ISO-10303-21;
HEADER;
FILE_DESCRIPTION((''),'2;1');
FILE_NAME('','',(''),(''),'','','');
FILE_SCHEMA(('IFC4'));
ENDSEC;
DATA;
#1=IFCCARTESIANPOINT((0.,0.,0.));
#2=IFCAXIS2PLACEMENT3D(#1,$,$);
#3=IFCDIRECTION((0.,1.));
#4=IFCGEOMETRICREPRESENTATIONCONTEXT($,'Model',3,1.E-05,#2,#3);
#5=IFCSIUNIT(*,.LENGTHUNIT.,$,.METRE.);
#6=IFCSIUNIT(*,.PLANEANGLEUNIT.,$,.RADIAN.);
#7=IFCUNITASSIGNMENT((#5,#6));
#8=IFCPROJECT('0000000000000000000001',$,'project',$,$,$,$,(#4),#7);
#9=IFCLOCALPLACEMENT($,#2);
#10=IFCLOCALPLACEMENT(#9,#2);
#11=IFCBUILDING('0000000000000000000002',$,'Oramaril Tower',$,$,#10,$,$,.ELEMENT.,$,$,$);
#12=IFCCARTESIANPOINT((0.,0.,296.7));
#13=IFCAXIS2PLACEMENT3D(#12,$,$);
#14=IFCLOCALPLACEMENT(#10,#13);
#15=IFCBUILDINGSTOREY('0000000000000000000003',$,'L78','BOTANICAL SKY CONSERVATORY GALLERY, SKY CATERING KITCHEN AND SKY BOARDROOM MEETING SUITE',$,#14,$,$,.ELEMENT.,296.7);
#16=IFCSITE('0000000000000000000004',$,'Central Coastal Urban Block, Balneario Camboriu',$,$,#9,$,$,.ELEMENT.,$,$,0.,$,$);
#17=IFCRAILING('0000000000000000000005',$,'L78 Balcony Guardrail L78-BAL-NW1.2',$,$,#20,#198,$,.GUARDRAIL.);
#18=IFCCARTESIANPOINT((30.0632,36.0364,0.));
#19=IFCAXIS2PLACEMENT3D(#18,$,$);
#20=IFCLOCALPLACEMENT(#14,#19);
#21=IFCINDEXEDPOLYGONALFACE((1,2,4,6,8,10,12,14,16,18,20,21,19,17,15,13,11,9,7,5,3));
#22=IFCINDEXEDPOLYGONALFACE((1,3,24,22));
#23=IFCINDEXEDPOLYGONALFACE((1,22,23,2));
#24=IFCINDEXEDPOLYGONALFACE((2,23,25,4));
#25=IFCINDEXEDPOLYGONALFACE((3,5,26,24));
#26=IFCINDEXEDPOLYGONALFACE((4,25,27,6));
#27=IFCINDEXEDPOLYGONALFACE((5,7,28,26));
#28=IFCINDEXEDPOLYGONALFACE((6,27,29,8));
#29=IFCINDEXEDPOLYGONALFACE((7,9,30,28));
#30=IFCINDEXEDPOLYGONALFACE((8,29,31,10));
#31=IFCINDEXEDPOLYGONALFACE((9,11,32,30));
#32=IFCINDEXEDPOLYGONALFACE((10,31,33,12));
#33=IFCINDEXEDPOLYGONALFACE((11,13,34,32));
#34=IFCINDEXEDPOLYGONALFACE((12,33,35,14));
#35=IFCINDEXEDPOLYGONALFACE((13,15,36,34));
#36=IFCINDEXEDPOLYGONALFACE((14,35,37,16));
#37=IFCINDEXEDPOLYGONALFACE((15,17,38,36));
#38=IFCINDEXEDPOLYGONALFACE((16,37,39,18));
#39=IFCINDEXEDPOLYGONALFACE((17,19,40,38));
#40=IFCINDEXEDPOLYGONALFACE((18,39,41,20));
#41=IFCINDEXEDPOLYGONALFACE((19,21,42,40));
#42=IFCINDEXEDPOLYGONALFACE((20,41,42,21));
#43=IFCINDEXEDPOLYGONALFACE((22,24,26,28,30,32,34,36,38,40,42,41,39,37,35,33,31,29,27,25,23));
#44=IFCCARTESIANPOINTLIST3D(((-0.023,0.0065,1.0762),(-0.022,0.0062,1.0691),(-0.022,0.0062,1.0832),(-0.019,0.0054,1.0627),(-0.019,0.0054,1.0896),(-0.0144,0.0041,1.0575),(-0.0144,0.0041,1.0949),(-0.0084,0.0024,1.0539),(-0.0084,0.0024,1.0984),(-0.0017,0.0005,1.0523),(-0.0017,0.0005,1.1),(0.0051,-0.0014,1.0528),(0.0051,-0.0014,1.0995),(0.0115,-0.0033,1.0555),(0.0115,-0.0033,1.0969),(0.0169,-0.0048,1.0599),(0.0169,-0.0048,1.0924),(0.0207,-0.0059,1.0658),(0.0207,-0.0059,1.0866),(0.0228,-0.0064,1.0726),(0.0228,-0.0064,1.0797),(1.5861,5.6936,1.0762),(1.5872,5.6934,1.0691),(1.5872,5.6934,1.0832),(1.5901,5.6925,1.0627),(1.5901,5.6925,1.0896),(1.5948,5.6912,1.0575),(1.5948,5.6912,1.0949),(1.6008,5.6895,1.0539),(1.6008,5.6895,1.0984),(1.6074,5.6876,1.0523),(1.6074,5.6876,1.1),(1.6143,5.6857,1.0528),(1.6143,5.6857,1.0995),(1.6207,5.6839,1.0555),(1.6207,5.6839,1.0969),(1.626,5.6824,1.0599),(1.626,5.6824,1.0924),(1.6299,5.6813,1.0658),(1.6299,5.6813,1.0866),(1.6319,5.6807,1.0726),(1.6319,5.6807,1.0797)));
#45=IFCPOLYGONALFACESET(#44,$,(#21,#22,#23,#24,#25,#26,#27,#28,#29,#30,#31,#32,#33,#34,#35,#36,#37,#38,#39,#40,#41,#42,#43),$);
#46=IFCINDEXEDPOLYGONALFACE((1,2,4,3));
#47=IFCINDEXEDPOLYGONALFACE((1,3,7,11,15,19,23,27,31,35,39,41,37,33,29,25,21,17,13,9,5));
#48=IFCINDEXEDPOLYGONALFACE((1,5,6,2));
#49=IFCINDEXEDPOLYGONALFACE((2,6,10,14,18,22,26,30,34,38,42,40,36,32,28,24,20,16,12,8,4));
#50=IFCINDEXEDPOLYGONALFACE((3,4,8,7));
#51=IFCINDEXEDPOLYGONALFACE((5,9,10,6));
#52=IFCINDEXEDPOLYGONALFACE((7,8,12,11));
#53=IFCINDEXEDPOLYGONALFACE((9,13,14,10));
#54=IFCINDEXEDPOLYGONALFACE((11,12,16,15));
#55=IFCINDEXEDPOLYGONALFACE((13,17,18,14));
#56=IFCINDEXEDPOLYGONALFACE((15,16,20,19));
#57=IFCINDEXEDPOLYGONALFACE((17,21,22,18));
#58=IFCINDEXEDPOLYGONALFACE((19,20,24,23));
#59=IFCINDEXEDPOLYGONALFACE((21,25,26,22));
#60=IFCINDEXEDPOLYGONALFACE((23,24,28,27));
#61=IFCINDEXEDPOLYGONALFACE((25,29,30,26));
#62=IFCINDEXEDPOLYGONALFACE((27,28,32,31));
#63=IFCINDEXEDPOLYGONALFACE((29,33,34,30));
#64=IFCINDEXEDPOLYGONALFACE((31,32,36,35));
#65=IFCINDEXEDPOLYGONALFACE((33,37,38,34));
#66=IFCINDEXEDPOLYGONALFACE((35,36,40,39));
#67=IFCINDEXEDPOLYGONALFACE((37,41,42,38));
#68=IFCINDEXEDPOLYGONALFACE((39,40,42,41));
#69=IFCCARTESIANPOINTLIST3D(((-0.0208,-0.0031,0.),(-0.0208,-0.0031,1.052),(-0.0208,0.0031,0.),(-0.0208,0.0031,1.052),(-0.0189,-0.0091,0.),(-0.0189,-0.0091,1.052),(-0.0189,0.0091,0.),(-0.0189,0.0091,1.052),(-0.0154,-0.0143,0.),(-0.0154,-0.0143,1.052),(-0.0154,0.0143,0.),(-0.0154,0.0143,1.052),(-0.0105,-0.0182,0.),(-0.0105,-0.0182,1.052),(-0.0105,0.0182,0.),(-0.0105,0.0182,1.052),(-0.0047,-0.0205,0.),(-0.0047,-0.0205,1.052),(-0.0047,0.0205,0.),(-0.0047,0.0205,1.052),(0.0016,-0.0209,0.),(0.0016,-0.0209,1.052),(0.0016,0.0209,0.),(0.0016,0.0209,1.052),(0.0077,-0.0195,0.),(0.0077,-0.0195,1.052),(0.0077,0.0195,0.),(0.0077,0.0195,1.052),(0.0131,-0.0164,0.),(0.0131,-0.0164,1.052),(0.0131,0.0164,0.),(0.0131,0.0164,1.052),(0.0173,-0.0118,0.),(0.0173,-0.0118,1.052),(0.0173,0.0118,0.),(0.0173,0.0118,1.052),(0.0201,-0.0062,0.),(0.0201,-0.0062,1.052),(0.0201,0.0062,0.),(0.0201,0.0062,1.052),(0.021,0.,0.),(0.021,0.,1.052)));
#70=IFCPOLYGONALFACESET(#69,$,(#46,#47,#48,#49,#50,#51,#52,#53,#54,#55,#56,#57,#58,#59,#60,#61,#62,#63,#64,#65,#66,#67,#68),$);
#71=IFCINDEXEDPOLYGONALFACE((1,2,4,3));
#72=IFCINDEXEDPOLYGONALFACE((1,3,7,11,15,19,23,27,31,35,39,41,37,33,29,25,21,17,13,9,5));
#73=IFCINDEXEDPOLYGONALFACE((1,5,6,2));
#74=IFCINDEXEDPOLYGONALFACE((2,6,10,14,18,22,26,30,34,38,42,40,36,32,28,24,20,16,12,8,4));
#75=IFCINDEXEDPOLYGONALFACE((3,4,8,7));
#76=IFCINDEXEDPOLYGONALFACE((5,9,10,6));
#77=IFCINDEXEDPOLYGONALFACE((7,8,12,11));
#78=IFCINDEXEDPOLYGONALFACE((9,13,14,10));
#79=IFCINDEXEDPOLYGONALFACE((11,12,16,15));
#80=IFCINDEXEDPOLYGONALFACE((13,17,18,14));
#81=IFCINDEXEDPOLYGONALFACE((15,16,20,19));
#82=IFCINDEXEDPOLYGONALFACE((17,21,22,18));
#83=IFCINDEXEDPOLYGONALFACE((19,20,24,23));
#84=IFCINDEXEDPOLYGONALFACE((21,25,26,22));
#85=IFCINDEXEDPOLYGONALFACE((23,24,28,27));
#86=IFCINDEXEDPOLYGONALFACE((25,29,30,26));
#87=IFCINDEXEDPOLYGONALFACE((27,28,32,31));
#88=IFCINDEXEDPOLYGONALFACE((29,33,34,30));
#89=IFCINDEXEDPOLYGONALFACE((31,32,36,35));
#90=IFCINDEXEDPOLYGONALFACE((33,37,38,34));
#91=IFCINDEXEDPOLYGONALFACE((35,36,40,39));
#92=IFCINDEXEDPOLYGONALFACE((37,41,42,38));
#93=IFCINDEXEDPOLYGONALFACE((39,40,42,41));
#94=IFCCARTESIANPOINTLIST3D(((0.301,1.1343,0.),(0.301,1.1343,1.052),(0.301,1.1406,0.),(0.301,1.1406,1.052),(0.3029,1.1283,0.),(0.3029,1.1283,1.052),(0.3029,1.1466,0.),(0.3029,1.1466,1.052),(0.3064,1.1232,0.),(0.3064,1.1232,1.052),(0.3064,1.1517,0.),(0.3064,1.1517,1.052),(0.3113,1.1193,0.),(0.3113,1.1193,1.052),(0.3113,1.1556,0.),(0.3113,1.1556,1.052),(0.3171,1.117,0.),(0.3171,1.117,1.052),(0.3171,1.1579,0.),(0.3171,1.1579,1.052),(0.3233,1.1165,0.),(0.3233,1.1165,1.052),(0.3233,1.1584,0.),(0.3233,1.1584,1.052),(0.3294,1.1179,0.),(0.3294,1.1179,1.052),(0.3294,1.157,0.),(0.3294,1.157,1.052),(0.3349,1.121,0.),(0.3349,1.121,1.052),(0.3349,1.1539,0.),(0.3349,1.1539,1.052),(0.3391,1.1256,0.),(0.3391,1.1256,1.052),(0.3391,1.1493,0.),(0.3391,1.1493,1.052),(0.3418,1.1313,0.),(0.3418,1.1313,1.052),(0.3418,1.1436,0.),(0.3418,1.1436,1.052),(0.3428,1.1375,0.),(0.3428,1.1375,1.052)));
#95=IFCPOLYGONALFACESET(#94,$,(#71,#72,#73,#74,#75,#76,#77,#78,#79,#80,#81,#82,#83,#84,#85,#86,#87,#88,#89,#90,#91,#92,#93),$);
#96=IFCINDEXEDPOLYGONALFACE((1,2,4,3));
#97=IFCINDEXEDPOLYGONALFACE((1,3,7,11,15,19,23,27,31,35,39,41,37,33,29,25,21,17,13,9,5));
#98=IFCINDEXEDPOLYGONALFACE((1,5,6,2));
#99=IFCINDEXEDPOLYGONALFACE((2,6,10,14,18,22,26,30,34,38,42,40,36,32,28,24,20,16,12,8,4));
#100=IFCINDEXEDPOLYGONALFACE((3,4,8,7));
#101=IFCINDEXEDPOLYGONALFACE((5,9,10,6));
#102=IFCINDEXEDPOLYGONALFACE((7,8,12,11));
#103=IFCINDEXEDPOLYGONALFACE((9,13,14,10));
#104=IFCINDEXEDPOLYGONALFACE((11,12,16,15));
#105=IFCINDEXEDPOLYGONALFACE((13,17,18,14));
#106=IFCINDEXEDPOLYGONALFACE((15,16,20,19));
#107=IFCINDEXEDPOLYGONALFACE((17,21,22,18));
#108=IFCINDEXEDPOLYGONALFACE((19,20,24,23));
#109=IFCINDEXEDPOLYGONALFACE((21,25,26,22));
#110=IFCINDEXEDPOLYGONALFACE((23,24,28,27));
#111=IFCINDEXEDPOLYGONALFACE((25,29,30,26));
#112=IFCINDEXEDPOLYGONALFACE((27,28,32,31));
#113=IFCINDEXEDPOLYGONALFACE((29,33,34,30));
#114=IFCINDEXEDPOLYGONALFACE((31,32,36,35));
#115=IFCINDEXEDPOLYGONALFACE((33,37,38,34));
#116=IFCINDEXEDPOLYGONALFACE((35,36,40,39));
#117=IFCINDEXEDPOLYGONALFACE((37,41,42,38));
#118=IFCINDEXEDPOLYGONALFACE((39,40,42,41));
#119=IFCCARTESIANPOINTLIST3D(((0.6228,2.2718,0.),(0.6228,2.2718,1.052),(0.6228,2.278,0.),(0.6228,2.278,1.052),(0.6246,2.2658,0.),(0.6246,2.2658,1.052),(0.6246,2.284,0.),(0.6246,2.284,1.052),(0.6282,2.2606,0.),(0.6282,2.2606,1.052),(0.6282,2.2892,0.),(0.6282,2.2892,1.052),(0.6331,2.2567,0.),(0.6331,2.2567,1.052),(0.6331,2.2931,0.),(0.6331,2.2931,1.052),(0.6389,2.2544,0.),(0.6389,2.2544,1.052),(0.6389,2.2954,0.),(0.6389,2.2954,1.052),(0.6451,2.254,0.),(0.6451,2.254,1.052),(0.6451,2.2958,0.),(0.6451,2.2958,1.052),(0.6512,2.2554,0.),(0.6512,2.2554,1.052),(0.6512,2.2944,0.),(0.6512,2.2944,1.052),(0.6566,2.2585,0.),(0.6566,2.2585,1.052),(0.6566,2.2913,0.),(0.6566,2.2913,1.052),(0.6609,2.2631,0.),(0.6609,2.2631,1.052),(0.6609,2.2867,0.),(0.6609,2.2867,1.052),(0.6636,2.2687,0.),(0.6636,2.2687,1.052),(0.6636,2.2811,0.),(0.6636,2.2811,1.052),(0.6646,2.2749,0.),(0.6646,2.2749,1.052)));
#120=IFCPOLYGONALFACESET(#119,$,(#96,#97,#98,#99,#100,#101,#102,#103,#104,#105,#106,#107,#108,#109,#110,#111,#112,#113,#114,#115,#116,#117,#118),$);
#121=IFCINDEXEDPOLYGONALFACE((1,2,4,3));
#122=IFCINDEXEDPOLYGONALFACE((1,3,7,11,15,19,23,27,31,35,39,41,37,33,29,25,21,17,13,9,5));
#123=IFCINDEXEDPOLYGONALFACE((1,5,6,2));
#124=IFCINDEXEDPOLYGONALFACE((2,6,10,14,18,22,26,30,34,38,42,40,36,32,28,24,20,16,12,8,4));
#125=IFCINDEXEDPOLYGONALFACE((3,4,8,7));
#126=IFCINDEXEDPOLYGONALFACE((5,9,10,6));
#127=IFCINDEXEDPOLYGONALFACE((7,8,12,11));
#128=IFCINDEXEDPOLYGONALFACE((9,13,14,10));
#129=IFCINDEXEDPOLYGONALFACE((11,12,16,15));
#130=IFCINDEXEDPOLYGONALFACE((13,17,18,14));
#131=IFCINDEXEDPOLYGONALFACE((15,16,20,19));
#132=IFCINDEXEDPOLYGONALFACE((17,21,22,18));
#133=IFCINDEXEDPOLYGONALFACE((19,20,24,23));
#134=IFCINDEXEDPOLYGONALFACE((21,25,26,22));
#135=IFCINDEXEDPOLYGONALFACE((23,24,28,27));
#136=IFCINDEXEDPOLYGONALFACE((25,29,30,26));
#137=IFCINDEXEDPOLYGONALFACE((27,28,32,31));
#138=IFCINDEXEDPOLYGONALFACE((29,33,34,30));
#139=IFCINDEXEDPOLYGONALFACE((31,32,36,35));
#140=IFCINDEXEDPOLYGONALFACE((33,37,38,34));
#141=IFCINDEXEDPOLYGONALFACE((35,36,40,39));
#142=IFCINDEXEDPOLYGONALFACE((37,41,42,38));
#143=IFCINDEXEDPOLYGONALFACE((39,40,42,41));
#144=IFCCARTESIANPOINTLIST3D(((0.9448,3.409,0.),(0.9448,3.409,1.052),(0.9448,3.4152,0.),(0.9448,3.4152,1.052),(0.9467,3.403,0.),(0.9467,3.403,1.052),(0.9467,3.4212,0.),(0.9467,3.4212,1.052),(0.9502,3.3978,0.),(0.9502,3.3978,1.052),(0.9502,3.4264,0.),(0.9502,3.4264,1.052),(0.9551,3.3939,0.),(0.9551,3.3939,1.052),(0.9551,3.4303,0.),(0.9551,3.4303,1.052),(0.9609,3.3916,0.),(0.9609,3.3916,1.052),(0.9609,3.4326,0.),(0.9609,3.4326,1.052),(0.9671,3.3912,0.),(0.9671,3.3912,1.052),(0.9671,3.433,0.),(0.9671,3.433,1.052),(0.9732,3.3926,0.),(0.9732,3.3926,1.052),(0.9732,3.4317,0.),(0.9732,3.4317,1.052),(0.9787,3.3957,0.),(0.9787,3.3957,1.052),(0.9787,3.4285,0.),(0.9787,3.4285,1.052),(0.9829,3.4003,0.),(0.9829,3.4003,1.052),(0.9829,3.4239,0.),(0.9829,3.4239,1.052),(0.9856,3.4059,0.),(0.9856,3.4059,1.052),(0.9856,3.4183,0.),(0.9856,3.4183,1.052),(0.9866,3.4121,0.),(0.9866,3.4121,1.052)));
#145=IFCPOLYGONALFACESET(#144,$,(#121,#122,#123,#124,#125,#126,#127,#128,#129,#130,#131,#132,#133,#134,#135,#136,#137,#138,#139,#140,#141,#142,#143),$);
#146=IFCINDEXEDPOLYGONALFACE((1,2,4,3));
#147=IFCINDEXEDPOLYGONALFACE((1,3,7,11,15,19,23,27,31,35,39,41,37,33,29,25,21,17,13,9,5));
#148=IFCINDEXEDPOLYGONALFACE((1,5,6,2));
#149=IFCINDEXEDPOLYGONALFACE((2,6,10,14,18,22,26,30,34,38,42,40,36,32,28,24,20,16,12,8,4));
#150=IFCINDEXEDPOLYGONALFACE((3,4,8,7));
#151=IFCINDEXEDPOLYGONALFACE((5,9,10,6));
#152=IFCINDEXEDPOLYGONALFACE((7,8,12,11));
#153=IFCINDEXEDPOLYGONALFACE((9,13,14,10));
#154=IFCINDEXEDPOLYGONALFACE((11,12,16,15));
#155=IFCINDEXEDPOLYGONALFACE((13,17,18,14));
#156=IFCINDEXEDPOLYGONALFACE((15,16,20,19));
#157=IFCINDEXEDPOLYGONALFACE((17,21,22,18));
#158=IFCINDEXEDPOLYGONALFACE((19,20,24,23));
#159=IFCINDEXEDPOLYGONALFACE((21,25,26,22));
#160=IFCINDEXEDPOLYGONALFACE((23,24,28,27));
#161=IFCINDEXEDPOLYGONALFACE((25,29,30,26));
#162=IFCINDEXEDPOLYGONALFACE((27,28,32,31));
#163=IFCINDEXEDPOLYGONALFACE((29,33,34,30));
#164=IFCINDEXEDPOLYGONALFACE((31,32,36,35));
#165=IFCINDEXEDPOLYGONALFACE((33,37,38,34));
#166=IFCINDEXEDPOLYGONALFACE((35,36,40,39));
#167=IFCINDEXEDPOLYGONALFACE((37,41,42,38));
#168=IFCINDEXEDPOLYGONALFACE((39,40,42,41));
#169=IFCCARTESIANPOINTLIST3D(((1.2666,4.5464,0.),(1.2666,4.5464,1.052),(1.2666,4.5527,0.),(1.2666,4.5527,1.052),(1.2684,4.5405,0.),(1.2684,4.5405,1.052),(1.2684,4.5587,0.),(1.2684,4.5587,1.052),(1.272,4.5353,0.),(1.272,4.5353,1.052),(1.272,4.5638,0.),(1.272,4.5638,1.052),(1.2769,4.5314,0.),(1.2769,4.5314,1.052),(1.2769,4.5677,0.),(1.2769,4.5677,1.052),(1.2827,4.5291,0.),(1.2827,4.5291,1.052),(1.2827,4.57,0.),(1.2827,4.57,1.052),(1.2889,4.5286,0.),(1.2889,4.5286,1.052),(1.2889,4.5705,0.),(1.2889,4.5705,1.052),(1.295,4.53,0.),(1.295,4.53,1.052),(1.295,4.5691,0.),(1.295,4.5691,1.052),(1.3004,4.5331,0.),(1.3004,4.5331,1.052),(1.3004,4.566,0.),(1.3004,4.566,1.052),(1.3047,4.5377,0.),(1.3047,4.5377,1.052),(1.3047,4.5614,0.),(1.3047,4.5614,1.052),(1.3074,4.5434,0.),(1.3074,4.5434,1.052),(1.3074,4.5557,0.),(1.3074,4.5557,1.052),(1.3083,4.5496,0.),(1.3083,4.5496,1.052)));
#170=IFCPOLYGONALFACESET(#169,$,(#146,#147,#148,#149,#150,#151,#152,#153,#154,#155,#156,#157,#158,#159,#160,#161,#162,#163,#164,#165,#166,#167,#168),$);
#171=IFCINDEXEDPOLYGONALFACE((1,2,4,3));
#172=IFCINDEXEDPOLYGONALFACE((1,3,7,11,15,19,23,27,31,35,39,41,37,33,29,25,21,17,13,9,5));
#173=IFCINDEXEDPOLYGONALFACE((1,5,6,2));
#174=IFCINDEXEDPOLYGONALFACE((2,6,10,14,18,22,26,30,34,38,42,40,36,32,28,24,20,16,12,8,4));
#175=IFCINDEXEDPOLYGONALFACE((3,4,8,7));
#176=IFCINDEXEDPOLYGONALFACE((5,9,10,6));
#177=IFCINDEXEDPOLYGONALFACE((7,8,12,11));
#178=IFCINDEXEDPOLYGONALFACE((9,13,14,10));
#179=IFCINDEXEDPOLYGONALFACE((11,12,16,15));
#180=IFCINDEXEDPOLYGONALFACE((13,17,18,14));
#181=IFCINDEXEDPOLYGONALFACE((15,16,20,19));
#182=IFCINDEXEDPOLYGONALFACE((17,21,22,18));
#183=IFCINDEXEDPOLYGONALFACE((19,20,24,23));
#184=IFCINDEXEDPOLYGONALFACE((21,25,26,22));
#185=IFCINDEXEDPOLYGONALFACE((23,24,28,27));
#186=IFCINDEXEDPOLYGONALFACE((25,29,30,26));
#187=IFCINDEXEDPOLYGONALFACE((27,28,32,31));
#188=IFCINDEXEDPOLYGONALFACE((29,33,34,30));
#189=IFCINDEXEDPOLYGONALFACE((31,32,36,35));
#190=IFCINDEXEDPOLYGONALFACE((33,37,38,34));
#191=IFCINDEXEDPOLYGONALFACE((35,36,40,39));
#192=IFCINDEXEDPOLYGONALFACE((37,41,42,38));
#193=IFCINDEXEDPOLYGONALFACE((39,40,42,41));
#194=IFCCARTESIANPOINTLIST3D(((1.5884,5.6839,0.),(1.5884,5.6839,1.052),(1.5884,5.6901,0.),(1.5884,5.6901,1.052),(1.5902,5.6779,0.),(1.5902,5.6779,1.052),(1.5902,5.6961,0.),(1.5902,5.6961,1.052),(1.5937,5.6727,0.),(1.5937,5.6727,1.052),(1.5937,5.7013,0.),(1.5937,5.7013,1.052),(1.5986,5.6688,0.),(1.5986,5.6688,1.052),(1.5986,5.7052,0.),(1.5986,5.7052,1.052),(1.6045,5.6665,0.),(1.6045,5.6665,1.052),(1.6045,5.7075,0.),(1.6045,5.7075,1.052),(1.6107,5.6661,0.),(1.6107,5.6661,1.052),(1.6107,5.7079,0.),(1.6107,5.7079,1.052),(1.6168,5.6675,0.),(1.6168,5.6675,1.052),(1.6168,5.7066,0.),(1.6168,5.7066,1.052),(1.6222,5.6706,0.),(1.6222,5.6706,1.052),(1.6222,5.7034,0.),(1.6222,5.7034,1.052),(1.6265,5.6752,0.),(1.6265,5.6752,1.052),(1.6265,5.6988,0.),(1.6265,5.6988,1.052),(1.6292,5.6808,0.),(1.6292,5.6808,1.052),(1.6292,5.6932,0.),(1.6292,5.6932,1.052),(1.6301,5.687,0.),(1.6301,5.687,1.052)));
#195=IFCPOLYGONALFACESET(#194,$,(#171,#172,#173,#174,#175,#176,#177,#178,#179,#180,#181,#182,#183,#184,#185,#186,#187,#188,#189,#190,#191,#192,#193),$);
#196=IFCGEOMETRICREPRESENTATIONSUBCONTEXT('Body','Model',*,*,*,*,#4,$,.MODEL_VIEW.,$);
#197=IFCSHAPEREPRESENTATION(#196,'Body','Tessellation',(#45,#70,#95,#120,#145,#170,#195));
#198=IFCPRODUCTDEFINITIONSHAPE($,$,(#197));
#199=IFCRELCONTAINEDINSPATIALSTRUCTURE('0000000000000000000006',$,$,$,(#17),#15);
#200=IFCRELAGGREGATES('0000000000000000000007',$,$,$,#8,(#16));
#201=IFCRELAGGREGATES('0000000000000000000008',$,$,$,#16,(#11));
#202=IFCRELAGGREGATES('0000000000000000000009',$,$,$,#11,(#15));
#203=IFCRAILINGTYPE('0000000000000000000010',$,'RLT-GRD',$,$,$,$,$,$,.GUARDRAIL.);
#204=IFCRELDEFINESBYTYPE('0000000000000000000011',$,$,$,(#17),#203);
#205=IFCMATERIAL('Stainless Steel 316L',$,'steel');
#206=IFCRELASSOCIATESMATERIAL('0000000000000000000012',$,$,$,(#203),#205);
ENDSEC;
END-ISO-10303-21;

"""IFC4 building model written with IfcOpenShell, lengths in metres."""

from ifc_helpers import new_model, si_unit, direction, frame, origin, origin_2d, place, context, subcontext, project, spatial, circle, extrude, material, type_object, element, save


model = new_model("IFC4")

# Units and contexts
model_context = context("Model", 3, precision=1e-05, world=origin(), true_north=direction((0.0, 1.0)))
body_context = subcontext(model_context, "Body", "Model", "MODEL_VIEW")
ifc_project = project(units=[si_unit("LENGTHUNIT", "METRE"), si_unit("PLANEANGLEUNIT", "RADIAN")], contexts=[model_context])

# Site, building, storey
site_placement = place(None, origin())
site = spatial("IfcSite", under=ifc_project, at=site_placement, Name="Central Coastal Urban Block, Balneario Camboriu", CompositionType="ELEMENT", RefElevation=0.0)
building_placement = place(site_placement, origin())
building = spatial("IfcBuilding", under=site, at=building_placement, Name="Oramaril Tower", CompositionType="ELEMENT")
storey_placement = place(building_placement, frame((0.0, 0.0, 296.7)))
storey = spatial("IfcBuildingStorey", under=building, at=storey_placement, Name="L78", Description="BOTANICAL SKY CONSERVATORY GALLERY, SKY CATERING KITCHEN AND SKY BOARDROOM MEETING SUITE", CompositionType="ELEMENT", Elevation=296.7)

# Railing
ifc_material_1 = material(Name="Stainless Steel 316L", Category="steel")
railing_type = type_object("IfcRailingType", Name="RLT-GRD", PredefinedType="GUARDRAIL", material=ifc_material_1)
railing_1_placement = place(storey_placement, frame((30.0632, 36.0364, 0.0)))
element("IfcRailing", 1, at=railing_1_placement, inside=storey, type_object=railing_type, Name="L78 Balcony Guardrail L78-BAL-NW1.2", PredefinedType="GUARDRAIL", context=body_context, shape_type="SweptSolid", body=[
    extrude(circle(Radius=0.0239, at=origin_2d()), frame((0.0, 0.0, 1.0762), z_axis=(0.27226, 0.962224, 0.0), x_axis=(-0.962224, 0.27226, 0.0)), (0.0, 0.0, 1.0), 5.9104),
    extrude(circle(Radius=0.021, at=origin_2d()), origin(), (0.0, 0.0, 1.0), 1.052),
    extrude(circle(Radius=0.021, at=origin_2d()), frame((0.3218, 1.1375, 0.0)), (0.0, 0.0, 1.0), 1.052),
    extrude(circle(Radius=0.021, at=origin_2d()), frame((0.6436, 2.2749, 0.0)), (0.0, 0.0, 1.0), 1.052),
    extrude(circle(Radius=0.021, at=origin_2d()), frame((0.9656, 3.4121, 0.0)), (0.0, 0.0, 1.0), 1.052),
    extrude(circle(Radius=0.021, at=origin_2d()), frame((1.2874, 4.5496, 0.0)), (0.0, 0.0, 1.0), 1.052),
    extrude(circle(Radius=0.021, at=origin_2d()), frame((1.6091, 5.687, 0.0)), (0.0, 0.0, 1.0), 1.052),
])

save(model, "model.ifc")
